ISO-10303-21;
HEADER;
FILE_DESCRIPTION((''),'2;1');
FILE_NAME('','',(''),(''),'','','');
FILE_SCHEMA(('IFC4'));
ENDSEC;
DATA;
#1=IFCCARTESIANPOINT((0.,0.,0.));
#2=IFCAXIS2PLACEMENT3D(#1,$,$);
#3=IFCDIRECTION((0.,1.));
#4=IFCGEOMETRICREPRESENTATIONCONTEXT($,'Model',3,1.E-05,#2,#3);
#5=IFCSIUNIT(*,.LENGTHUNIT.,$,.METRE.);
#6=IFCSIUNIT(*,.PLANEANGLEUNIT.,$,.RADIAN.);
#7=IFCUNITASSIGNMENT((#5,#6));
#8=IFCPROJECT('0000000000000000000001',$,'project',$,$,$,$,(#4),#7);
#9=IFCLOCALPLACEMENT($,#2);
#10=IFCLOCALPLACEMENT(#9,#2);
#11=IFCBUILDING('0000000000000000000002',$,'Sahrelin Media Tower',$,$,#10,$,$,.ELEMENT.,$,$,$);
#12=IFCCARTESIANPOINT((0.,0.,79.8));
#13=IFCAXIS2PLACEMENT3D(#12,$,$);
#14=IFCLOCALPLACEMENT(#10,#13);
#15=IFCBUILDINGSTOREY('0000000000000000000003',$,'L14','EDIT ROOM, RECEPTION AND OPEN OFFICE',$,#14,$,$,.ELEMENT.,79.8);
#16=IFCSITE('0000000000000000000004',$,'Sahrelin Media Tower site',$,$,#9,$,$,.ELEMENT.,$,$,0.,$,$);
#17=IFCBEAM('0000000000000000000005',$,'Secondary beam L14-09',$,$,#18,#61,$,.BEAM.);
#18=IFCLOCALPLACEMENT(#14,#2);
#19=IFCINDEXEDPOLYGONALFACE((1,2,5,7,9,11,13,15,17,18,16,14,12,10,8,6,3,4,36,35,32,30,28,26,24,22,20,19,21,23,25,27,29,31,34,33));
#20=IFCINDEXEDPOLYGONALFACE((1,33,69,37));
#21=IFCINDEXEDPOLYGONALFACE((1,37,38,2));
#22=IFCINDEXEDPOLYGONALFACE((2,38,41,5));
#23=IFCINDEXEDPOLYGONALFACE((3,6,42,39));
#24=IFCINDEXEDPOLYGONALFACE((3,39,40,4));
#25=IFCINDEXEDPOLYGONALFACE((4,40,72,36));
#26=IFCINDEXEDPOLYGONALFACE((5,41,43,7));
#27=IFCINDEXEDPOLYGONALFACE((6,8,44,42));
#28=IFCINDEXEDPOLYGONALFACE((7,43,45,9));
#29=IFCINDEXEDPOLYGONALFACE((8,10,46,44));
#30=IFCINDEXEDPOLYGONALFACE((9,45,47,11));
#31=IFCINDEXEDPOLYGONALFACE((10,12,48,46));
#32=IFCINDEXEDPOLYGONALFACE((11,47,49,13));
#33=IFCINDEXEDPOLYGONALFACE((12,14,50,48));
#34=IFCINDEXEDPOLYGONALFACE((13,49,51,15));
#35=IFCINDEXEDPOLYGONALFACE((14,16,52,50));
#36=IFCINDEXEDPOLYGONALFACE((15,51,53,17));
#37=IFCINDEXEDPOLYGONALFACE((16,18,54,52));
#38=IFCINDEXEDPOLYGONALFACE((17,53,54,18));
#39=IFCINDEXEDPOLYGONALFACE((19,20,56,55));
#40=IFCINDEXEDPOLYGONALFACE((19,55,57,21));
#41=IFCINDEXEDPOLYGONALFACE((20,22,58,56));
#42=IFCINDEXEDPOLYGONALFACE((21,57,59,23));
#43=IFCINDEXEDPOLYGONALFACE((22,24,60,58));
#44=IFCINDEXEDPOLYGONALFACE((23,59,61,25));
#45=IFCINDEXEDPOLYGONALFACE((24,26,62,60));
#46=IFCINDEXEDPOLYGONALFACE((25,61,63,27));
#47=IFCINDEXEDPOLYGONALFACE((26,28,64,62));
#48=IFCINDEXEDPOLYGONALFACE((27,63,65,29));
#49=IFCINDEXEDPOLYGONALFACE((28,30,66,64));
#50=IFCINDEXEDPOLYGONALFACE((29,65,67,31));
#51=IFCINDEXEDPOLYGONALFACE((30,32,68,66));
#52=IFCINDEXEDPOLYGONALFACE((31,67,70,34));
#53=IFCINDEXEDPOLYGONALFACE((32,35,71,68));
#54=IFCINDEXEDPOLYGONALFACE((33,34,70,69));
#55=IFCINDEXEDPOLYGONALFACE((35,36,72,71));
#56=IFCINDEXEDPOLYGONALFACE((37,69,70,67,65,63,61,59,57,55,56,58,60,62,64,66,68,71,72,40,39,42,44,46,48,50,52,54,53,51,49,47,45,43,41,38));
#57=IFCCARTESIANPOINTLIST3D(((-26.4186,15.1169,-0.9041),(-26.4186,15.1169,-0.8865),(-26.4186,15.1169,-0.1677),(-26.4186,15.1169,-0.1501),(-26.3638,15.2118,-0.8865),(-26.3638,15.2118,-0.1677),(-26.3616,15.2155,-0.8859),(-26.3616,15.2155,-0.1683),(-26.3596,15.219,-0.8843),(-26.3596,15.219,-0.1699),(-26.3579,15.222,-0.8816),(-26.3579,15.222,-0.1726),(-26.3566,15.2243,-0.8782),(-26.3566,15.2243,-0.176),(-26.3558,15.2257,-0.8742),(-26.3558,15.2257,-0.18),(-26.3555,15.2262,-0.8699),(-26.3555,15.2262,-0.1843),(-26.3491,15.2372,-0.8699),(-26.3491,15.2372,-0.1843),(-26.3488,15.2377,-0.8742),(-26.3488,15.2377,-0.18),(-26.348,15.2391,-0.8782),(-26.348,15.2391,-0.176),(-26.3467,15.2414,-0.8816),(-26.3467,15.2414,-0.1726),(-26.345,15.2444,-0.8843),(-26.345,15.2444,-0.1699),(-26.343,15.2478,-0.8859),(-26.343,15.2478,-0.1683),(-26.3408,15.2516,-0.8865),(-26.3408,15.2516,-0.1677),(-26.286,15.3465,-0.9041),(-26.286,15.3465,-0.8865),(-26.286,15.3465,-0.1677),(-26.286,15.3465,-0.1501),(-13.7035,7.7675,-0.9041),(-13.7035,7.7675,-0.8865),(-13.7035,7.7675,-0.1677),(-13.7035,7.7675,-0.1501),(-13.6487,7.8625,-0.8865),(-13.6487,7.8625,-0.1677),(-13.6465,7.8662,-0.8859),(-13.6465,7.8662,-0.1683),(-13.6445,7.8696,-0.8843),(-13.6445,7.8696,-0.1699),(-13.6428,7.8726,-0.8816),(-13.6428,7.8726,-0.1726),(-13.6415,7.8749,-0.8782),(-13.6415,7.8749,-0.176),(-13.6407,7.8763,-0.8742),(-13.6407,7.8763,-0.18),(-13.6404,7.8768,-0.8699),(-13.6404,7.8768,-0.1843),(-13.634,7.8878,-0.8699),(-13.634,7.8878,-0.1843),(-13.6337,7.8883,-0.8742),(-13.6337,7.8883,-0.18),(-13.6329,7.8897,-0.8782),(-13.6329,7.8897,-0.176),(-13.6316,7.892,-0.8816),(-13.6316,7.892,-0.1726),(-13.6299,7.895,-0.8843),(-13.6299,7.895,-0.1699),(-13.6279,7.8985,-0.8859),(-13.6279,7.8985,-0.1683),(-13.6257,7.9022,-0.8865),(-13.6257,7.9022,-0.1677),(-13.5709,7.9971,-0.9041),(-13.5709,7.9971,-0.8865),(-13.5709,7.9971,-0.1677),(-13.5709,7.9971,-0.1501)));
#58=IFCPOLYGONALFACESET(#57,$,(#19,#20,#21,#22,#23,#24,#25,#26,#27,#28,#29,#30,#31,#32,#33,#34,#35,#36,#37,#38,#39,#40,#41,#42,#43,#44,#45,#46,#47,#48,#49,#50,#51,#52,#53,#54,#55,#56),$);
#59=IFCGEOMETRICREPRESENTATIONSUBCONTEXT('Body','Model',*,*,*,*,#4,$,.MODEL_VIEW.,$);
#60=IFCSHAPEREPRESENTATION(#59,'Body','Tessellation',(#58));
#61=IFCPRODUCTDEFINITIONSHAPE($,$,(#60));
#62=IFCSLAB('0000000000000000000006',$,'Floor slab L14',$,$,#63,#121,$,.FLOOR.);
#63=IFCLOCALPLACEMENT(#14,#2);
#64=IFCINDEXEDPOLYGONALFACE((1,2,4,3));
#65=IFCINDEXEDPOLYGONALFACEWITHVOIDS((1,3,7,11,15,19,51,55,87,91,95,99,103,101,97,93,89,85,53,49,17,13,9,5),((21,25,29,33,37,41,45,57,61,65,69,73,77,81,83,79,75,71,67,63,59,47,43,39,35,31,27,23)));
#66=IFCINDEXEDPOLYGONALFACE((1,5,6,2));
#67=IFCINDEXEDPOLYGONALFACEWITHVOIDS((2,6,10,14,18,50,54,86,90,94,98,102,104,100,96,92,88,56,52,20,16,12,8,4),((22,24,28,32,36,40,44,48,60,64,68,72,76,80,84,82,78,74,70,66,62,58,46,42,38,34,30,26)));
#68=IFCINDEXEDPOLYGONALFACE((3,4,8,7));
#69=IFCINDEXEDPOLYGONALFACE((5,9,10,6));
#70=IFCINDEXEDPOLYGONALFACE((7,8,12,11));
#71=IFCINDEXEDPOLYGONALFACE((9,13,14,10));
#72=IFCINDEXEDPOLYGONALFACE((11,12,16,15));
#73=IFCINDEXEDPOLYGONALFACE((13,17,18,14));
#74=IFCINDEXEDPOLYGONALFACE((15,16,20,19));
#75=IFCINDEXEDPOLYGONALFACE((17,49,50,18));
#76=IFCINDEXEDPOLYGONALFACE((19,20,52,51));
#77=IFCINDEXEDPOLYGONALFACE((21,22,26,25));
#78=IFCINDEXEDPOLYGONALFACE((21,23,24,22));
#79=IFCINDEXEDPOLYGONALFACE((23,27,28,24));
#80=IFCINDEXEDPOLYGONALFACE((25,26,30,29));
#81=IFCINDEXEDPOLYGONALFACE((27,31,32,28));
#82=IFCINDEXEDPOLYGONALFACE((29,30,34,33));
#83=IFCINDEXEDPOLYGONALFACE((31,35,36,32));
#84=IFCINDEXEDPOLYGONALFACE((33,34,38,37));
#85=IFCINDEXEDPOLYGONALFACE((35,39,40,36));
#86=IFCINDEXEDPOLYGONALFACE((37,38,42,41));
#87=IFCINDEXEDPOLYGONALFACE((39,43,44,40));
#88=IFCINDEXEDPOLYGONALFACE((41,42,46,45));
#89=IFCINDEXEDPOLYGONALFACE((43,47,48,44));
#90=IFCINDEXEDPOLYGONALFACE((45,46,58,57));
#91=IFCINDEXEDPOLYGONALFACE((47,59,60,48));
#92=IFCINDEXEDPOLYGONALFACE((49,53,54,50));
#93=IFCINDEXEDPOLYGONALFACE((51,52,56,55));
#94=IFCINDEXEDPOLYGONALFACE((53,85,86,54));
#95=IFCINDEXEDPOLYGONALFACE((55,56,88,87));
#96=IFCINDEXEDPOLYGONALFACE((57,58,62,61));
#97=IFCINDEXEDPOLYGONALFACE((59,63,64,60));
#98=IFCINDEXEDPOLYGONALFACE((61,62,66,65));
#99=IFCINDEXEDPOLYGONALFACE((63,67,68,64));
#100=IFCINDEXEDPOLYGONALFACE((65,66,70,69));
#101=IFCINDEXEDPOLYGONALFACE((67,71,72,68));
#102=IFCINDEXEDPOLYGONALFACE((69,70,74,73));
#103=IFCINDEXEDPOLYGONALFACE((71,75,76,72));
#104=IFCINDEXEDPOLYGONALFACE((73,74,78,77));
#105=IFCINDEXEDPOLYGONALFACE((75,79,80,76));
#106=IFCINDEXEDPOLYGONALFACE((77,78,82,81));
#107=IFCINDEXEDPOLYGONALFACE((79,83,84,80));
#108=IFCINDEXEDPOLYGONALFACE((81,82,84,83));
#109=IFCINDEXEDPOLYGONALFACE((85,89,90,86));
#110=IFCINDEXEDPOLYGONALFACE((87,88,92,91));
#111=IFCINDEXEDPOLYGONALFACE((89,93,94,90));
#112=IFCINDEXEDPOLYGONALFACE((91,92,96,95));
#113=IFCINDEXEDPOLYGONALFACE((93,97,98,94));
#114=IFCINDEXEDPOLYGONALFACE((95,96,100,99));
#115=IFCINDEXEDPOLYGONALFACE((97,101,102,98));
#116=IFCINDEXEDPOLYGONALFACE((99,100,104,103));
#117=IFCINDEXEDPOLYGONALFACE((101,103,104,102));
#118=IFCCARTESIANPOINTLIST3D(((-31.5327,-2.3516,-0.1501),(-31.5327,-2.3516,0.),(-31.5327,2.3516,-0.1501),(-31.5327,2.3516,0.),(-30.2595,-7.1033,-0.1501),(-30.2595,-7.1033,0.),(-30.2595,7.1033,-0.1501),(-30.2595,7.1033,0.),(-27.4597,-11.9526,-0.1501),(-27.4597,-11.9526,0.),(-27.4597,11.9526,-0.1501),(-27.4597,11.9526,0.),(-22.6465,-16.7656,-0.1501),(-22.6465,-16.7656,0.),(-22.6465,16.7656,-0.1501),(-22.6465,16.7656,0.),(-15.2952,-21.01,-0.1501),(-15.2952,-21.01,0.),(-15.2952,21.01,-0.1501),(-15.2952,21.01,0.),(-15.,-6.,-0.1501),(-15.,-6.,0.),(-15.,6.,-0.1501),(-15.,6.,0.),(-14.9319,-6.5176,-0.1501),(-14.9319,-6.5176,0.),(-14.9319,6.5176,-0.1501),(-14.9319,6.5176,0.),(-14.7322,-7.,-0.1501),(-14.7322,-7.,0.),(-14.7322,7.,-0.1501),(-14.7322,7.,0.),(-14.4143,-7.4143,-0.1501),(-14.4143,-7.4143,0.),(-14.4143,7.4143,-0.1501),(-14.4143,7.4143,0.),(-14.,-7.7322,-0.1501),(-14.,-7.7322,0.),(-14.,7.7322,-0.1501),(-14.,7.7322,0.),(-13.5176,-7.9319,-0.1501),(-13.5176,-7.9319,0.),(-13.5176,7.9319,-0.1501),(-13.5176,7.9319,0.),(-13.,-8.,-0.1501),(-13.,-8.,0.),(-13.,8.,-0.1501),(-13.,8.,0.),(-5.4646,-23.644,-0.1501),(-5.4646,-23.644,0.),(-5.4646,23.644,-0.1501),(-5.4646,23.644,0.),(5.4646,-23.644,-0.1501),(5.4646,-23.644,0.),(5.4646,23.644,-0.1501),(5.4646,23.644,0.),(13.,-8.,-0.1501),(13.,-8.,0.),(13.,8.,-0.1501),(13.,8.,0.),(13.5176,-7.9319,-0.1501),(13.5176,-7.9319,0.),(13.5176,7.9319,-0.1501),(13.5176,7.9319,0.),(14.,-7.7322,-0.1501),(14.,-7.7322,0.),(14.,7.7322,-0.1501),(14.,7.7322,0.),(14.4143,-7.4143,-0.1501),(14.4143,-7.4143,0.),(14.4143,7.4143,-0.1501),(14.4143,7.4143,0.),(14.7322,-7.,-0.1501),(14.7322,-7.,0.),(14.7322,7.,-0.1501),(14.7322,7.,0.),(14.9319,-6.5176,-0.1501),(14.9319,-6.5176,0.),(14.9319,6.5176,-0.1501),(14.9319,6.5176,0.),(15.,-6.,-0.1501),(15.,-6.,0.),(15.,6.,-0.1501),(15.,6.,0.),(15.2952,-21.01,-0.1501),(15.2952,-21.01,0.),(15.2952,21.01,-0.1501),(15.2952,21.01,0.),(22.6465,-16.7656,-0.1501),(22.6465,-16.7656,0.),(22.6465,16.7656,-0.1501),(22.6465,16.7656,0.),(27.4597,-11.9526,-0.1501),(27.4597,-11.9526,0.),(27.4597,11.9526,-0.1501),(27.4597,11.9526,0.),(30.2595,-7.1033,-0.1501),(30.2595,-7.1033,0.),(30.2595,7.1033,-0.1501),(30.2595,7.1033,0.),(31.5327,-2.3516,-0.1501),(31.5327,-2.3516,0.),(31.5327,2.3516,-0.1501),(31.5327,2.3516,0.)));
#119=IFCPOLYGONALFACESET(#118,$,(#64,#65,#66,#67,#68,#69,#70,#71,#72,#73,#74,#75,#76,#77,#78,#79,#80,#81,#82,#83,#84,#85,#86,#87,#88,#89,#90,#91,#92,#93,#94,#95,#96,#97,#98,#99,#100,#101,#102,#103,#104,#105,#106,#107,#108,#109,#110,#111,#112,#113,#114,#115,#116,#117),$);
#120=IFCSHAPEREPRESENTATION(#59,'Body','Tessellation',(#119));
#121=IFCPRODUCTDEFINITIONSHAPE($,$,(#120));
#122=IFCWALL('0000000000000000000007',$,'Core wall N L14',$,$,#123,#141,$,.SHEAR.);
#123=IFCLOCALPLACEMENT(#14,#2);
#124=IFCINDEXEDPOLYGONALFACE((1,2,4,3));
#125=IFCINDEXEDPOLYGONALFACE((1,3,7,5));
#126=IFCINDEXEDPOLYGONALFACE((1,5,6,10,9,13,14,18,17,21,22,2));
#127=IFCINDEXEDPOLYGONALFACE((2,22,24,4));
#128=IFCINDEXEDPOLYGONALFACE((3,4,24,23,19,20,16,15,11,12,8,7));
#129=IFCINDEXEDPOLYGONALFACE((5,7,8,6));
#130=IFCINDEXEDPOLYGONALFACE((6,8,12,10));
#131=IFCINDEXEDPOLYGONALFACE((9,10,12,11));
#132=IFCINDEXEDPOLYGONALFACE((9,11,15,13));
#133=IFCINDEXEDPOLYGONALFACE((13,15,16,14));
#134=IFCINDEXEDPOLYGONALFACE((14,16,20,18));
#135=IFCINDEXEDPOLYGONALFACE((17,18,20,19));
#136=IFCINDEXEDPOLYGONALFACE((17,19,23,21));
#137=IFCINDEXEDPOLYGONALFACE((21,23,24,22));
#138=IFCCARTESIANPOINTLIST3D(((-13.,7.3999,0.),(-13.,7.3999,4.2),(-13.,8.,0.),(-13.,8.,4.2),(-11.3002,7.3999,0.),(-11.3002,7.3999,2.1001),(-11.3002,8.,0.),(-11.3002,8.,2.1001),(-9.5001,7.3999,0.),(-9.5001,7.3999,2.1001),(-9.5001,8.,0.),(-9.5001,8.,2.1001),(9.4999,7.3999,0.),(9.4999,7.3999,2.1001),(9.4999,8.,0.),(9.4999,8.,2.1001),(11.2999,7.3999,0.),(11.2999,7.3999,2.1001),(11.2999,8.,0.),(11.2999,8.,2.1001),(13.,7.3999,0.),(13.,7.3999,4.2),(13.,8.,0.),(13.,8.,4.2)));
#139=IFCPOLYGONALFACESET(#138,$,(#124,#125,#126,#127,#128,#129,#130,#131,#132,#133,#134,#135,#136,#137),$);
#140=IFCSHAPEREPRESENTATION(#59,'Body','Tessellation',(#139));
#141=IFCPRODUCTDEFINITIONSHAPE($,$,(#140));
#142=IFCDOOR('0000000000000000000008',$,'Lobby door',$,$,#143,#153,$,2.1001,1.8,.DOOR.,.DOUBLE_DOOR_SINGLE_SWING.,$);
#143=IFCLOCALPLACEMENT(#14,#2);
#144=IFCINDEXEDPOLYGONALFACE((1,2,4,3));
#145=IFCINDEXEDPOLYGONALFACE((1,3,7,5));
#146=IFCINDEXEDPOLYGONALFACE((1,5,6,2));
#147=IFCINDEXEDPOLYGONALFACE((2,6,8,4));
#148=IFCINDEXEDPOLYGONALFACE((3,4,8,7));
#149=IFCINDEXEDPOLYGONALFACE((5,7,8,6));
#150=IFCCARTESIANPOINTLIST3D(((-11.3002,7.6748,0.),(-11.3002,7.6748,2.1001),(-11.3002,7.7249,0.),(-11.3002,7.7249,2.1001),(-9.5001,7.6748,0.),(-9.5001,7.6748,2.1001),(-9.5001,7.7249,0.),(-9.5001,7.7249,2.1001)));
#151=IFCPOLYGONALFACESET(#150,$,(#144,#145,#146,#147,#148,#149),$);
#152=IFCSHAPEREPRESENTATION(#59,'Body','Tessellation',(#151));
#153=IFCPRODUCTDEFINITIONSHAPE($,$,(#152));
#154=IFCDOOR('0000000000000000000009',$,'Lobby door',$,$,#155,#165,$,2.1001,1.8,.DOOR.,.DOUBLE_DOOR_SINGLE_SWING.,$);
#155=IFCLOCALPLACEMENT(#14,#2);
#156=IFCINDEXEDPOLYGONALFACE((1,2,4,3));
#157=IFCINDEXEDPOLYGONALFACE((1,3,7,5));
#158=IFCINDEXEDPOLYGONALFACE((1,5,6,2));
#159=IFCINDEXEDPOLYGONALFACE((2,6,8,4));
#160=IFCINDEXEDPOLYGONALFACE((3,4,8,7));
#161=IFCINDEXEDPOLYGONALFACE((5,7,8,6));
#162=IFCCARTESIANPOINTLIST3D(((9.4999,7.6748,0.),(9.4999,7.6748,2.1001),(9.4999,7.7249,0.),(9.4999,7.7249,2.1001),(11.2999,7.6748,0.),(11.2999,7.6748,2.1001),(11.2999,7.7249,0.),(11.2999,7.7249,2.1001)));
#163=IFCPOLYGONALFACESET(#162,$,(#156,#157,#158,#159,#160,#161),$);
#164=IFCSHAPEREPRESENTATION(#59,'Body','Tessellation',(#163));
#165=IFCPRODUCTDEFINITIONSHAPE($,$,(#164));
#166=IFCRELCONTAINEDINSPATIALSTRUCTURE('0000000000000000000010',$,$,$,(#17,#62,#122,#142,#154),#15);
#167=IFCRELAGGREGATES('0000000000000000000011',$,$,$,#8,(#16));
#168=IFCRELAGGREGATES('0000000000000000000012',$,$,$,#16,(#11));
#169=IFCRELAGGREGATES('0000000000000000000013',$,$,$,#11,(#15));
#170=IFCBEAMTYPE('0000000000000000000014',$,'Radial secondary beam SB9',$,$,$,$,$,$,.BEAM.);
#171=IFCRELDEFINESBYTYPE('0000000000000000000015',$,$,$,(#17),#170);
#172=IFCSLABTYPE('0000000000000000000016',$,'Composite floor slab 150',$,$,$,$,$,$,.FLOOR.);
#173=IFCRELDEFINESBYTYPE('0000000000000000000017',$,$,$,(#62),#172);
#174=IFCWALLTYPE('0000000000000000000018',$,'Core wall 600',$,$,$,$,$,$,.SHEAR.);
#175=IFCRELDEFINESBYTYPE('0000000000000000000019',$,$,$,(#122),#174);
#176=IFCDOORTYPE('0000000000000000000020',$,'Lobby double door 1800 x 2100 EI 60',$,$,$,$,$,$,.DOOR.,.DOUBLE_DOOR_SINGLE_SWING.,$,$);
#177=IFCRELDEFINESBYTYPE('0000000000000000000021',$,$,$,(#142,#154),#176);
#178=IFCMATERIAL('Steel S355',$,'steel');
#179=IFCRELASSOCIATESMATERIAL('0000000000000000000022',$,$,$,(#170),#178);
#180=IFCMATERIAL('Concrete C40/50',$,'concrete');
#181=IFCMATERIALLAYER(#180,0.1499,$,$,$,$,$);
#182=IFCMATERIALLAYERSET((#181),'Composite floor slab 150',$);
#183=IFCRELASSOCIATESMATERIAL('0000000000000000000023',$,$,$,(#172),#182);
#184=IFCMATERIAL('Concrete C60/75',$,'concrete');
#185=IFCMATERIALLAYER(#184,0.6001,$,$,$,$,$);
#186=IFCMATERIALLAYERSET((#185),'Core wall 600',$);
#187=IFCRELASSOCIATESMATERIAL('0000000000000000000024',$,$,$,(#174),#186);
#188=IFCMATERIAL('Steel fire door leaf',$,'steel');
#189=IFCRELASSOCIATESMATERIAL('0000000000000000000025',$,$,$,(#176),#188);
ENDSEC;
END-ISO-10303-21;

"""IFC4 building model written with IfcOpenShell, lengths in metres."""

from ifc_helpers import new_model, si_unit, direction, frame, frame_2d, origin, origin_2d, place, context, subcontext, project, spatial, polyline, rectangle, i_section, outline, extrude, material, layer, layer_set, material_profile, profile_set, type_object, element, fill, save


model = new_model("IFC4")

# Units and contexts
model_context = context("Model", 3, precision=1e-05, world=origin(), true_north=direction((0.0, 1.0)))
body_context = subcontext(model_context, "Body", "Model", "MODEL_VIEW")
ifc_project = project(units=[si_unit("LENGTHUNIT", "METRE"), si_unit("PLANEANGLEUNIT", "RADIAN")], contexts=[model_context])

# Site, building, storey
site_placement = place(None, origin())
site = spatial("IfcSite", under=ifc_project, at=site_placement, Name="Sahrelin Media Tower site", CompositionType="ELEMENT", RefElevation=0.0)
building_placement = place(site_placement, origin())
building = spatial("IfcBuilding", under=site, at=building_placement, Name="Sahrelin Media Tower", CompositionType="ELEMENT")
storey_placement = place(building_placement, frame((0.0, 0.0, 79.8)))
storey = spatial("IfcBuildingStorey", under=building, at=storey_placement, Name="L14", Description="EDIT ROOM, RECEPTION AND OPEN OFFICE", CompositionType="ELEMENT", Elevation=79.8)

# Beam
ifc_material_1 = material(Name="Steel S355", Category="steel")
ifc_material_profile_1 = material_profile(ifc_material_1, i_section(OverallWidth=0.2651, OverallDepth=0.7539, WebThickness=0.0127, FlangeThickness=0.0176, FilletRadius=0.0166, at=origin_2d()), Name="UB 762x267x147")
ifc_profile_set_1 = profile_set([ifc_material_profile_1], Name="Steel S355")
beam_type_1 = type_object("IfcBeamType", Name="Radial secondary beam SB9", PredefinedType="BEAM", material=ifc_profile_set_1)
beam_1_placement = place(storey_placement, frame((-13.6372, 7.8823, -0.5271), z_axis=(-0.86578, 0.500424, 0.0), x_axis=(-0.500424, -0.86578, 0.0)))
element("IfcBeam", 1, at=beam_1_placement, inside=storey, type_object=beam_type_1, Name="Secondary beam L14-09", PredefinedType="BEAM", context=body_context, shape_type="SweptSolid", body=[
    extrude(i_section(OverallWidth=0.2651, OverallDepth=0.7539, WebThickness=0.0127, FlangeThickness=0.0176, FilletRadius=0.0166, at=origin_2d()), origin(), (0.0, 0.0, 1.0), 14.6863),
])

# Slab
ifc_material_2 = material(Name="Concrete C40/50", Category="concrete")
ifc_layer_1 = layer(ifc_material_2, 0.1499)
ifc_layer_set_1 = layer_set([ifc_layer_1], Name="Composite floor slab 150")
slab_type = type_object("IfcSlabType", Name="Composite floor slab 150", PredefinedType="FLOOR", material=ifc_layer_set_1)
slab_placement = place(storey_placement, frame((0.0, 0.0, -0.1501)))
element("IfcSlab", 2, at=slab_placement, inside=storey, type_object=slab_type, Name="Floor slab L14", PredefinedType="FLOOR", context=body_context, shape_type="SweptSolid", body=[
    extrude(outline(polyline([(31.5327, -2.3516), (31.5327, 2.3516), (30.2595, 7.1033), (27.4597, 11.9526), (22.6465, 16.7656), (15.2952, 21.01), (5.4646, 23.644), (-5.4646, 23.644), (-15.2952, 21.01), (-22.6465, 16.7656), (-27.4597, 11.9526), (-30.2595, 7.1033), (-31.5327, 2.3516), (-31.5327, -2.3516), (-30.2595, -7.1033), (-27.4597, -11.9526), (-22.6465, -16.7656), (-15.2952, -21.01), (-5.4646, -23.644), (5.4646, -23.644), (15.2952, -21.01), (22.6465, -16.7656), (27.4597, -11.9526), (30.2595, -7.1033), (31.5327, -2.3516)]), holes=[polyline([(14.9319, 6.5176), (15.0, 6.0), (15.0, -6.0), (14.9319, -6.5176), (14.7322, -7.0), (14.4143, -7.4143), (14.0, -7.7322), (13.5176, -7.9319), (13.0, -8.0), (-13.0, -8.0), (-13.5176, -7.9319), (-14.0, -7.7322), (-14.4143, -7.4143), (-14.7322, -7.0), (-14.9319, -6.5176), (-15.0, -6.0), (-15.0, 6.0), (-14.9319, 6.5176), (-14.7322, 7.0), (-14.4143, 7.4143), (-14.0, 7.7322), (-13.5176, 7.9319), (-13.0, 8.0), (13.0, 8.0), (13.5176, 7.9319), (14.0, 7.7322), (14.4143, 7.4143), (14.7322, 7.0), (14.9319, 6.5176)])]), origin(), (0.0, 0.0, 1.0), 0.1501),
])

# Wall, openings, doors
ifc_material_3 = material(Name="Concrete C60/75", Category="concrete")
ifc_layer_2 = layer(ifc_material_3, 0.6001)
ifc_layer_set_2 = layer_set([ifc_layer_2], Name="Core wall 600")
wall_type_1 = type_object("IfcWallType", Name="Core wall 600", PredefinedType="SHEAR", material=ifc_layer_set_2)
wall_1_placement = place(storey_placement, frame((-13.0, 7.7, 0.0), z_axis=(0.0, 0.0, 1.0), x_axis=(1.0, 0.0, 0.0)))
wall_1 = element("IfcWall", 3, at=wall_1_placement, inside=storey, type_object=wall_type_1, Name="Core wall N L14", PredefinedType="SHEAR", context=body_context, shape_type="SweptSolid", body=[
    extrude(rectangle(XDim=26.0, YDim=0.6001, at=frame_2d((13.0, 0.0))), origin(), (0.0, 0.0, 1.0), 4.2),
])
opening_1_placement = place(wall_1_placement, frame((1.7, 0.0, 0.0)))
opening_1 = element("IfcOpeningElement", 4, at=opening_1_placement, cuts=wall_1, PredefinedType="OPENING", context=body_context, shape_type="SweptSolid", body=[
    extrude(rectangle(XDim=1.8, YDim=2.1001, at=frame_2d((0.8999, 1.05))), frame((0.0, 0.3, 0.0), z_axis=(0.0, -1.0, 0.0), x_axis=(1.0, 0.0, 0.0)), (0.0, 0.0, 1.0), 0.6001),
])
opening_2_placement = place(wall_1_placement, frame((22.5, 0.0, 0.0)))
opening_2 = element("IfcOpeningElement", 5, at=opening_2_placement, cuts=wall_1, PredefinedType="OPENING", context=body_context, shape_type="SweptSolid", body=[
    extrude(rectangle(XDim=1.8, YDim=2.1001, at=frame_2d((0.8999, 1.05))), frame((0.0, 0.3, 0.0), z_axis=(0.0, -1.0, 0.0), x_axis=(1.0, 0.0, 0.0)), (0.0, 0.0, 1.0), 0.6001),
])
ifc_material_4 = material(Name="Steel fire door leaf", Category="steel")
door_type_1 = type_object("IfcDoorType", Name="Lobby double door 1800 x 2100 EI 60", OperationType="DOUBLE_DOOR_SINGLE_SWING", PredefinedType="DOOR", material=ifc_material_4)
door_1_placement = place(opening_1_placement, origin())
door_1 = element("IfcDoor", 6, at=door_1_placement, inside=storey, type_object=door_type_1, Name="Lobby door", OperationType="DOUBLE_DOOR_SINGLE_SWING", OverallHeight=2.1001, OverallWidth=1.8, PredefinedType="DOOR", context=body_context, shape_type="SweptSolid", body=[
    extrude(rectangle(XDim=1.8, YDim=2.1001, at=frame_2d((0.8999, 1.05))), frame((0.0, 0.0249, 0.0), z_axis=(0.0, -1.0, 0.0), x_axis=(1.0, 0.0, 0.0)), (0.0, 0.0, 1.0), 0.05),
])
fill(opening_1, door_1)
door_2_placement = place(opening_2_placement, origin())
door_2 = element("IfcDoor", 7, at=door_2_placement, inside=storey, type_object=door_type_1, Name="Lobby door", OperationType="DOUBLE_DOOR_SINGLE_SWING", OverallHeight=2.1001, OverallWidth=1.8, PredefinedType="DOOR", context=body_context, shape_type="SweptSolid", body=[
    extrude(rectangle(XDim=1.8, YDim=2.1001, at=frame_2d((0.8999, 1.05))), frame((0.0, 0.0249, 0.0), z_axis=(0.0, -1.0, 0.0), x_axis=(1.0, 0.0, 0.0)), (0.0, 0.0, 1.0), 0.05),
])
fill(opening_2, door_2)

save(model, "model.ifc")
